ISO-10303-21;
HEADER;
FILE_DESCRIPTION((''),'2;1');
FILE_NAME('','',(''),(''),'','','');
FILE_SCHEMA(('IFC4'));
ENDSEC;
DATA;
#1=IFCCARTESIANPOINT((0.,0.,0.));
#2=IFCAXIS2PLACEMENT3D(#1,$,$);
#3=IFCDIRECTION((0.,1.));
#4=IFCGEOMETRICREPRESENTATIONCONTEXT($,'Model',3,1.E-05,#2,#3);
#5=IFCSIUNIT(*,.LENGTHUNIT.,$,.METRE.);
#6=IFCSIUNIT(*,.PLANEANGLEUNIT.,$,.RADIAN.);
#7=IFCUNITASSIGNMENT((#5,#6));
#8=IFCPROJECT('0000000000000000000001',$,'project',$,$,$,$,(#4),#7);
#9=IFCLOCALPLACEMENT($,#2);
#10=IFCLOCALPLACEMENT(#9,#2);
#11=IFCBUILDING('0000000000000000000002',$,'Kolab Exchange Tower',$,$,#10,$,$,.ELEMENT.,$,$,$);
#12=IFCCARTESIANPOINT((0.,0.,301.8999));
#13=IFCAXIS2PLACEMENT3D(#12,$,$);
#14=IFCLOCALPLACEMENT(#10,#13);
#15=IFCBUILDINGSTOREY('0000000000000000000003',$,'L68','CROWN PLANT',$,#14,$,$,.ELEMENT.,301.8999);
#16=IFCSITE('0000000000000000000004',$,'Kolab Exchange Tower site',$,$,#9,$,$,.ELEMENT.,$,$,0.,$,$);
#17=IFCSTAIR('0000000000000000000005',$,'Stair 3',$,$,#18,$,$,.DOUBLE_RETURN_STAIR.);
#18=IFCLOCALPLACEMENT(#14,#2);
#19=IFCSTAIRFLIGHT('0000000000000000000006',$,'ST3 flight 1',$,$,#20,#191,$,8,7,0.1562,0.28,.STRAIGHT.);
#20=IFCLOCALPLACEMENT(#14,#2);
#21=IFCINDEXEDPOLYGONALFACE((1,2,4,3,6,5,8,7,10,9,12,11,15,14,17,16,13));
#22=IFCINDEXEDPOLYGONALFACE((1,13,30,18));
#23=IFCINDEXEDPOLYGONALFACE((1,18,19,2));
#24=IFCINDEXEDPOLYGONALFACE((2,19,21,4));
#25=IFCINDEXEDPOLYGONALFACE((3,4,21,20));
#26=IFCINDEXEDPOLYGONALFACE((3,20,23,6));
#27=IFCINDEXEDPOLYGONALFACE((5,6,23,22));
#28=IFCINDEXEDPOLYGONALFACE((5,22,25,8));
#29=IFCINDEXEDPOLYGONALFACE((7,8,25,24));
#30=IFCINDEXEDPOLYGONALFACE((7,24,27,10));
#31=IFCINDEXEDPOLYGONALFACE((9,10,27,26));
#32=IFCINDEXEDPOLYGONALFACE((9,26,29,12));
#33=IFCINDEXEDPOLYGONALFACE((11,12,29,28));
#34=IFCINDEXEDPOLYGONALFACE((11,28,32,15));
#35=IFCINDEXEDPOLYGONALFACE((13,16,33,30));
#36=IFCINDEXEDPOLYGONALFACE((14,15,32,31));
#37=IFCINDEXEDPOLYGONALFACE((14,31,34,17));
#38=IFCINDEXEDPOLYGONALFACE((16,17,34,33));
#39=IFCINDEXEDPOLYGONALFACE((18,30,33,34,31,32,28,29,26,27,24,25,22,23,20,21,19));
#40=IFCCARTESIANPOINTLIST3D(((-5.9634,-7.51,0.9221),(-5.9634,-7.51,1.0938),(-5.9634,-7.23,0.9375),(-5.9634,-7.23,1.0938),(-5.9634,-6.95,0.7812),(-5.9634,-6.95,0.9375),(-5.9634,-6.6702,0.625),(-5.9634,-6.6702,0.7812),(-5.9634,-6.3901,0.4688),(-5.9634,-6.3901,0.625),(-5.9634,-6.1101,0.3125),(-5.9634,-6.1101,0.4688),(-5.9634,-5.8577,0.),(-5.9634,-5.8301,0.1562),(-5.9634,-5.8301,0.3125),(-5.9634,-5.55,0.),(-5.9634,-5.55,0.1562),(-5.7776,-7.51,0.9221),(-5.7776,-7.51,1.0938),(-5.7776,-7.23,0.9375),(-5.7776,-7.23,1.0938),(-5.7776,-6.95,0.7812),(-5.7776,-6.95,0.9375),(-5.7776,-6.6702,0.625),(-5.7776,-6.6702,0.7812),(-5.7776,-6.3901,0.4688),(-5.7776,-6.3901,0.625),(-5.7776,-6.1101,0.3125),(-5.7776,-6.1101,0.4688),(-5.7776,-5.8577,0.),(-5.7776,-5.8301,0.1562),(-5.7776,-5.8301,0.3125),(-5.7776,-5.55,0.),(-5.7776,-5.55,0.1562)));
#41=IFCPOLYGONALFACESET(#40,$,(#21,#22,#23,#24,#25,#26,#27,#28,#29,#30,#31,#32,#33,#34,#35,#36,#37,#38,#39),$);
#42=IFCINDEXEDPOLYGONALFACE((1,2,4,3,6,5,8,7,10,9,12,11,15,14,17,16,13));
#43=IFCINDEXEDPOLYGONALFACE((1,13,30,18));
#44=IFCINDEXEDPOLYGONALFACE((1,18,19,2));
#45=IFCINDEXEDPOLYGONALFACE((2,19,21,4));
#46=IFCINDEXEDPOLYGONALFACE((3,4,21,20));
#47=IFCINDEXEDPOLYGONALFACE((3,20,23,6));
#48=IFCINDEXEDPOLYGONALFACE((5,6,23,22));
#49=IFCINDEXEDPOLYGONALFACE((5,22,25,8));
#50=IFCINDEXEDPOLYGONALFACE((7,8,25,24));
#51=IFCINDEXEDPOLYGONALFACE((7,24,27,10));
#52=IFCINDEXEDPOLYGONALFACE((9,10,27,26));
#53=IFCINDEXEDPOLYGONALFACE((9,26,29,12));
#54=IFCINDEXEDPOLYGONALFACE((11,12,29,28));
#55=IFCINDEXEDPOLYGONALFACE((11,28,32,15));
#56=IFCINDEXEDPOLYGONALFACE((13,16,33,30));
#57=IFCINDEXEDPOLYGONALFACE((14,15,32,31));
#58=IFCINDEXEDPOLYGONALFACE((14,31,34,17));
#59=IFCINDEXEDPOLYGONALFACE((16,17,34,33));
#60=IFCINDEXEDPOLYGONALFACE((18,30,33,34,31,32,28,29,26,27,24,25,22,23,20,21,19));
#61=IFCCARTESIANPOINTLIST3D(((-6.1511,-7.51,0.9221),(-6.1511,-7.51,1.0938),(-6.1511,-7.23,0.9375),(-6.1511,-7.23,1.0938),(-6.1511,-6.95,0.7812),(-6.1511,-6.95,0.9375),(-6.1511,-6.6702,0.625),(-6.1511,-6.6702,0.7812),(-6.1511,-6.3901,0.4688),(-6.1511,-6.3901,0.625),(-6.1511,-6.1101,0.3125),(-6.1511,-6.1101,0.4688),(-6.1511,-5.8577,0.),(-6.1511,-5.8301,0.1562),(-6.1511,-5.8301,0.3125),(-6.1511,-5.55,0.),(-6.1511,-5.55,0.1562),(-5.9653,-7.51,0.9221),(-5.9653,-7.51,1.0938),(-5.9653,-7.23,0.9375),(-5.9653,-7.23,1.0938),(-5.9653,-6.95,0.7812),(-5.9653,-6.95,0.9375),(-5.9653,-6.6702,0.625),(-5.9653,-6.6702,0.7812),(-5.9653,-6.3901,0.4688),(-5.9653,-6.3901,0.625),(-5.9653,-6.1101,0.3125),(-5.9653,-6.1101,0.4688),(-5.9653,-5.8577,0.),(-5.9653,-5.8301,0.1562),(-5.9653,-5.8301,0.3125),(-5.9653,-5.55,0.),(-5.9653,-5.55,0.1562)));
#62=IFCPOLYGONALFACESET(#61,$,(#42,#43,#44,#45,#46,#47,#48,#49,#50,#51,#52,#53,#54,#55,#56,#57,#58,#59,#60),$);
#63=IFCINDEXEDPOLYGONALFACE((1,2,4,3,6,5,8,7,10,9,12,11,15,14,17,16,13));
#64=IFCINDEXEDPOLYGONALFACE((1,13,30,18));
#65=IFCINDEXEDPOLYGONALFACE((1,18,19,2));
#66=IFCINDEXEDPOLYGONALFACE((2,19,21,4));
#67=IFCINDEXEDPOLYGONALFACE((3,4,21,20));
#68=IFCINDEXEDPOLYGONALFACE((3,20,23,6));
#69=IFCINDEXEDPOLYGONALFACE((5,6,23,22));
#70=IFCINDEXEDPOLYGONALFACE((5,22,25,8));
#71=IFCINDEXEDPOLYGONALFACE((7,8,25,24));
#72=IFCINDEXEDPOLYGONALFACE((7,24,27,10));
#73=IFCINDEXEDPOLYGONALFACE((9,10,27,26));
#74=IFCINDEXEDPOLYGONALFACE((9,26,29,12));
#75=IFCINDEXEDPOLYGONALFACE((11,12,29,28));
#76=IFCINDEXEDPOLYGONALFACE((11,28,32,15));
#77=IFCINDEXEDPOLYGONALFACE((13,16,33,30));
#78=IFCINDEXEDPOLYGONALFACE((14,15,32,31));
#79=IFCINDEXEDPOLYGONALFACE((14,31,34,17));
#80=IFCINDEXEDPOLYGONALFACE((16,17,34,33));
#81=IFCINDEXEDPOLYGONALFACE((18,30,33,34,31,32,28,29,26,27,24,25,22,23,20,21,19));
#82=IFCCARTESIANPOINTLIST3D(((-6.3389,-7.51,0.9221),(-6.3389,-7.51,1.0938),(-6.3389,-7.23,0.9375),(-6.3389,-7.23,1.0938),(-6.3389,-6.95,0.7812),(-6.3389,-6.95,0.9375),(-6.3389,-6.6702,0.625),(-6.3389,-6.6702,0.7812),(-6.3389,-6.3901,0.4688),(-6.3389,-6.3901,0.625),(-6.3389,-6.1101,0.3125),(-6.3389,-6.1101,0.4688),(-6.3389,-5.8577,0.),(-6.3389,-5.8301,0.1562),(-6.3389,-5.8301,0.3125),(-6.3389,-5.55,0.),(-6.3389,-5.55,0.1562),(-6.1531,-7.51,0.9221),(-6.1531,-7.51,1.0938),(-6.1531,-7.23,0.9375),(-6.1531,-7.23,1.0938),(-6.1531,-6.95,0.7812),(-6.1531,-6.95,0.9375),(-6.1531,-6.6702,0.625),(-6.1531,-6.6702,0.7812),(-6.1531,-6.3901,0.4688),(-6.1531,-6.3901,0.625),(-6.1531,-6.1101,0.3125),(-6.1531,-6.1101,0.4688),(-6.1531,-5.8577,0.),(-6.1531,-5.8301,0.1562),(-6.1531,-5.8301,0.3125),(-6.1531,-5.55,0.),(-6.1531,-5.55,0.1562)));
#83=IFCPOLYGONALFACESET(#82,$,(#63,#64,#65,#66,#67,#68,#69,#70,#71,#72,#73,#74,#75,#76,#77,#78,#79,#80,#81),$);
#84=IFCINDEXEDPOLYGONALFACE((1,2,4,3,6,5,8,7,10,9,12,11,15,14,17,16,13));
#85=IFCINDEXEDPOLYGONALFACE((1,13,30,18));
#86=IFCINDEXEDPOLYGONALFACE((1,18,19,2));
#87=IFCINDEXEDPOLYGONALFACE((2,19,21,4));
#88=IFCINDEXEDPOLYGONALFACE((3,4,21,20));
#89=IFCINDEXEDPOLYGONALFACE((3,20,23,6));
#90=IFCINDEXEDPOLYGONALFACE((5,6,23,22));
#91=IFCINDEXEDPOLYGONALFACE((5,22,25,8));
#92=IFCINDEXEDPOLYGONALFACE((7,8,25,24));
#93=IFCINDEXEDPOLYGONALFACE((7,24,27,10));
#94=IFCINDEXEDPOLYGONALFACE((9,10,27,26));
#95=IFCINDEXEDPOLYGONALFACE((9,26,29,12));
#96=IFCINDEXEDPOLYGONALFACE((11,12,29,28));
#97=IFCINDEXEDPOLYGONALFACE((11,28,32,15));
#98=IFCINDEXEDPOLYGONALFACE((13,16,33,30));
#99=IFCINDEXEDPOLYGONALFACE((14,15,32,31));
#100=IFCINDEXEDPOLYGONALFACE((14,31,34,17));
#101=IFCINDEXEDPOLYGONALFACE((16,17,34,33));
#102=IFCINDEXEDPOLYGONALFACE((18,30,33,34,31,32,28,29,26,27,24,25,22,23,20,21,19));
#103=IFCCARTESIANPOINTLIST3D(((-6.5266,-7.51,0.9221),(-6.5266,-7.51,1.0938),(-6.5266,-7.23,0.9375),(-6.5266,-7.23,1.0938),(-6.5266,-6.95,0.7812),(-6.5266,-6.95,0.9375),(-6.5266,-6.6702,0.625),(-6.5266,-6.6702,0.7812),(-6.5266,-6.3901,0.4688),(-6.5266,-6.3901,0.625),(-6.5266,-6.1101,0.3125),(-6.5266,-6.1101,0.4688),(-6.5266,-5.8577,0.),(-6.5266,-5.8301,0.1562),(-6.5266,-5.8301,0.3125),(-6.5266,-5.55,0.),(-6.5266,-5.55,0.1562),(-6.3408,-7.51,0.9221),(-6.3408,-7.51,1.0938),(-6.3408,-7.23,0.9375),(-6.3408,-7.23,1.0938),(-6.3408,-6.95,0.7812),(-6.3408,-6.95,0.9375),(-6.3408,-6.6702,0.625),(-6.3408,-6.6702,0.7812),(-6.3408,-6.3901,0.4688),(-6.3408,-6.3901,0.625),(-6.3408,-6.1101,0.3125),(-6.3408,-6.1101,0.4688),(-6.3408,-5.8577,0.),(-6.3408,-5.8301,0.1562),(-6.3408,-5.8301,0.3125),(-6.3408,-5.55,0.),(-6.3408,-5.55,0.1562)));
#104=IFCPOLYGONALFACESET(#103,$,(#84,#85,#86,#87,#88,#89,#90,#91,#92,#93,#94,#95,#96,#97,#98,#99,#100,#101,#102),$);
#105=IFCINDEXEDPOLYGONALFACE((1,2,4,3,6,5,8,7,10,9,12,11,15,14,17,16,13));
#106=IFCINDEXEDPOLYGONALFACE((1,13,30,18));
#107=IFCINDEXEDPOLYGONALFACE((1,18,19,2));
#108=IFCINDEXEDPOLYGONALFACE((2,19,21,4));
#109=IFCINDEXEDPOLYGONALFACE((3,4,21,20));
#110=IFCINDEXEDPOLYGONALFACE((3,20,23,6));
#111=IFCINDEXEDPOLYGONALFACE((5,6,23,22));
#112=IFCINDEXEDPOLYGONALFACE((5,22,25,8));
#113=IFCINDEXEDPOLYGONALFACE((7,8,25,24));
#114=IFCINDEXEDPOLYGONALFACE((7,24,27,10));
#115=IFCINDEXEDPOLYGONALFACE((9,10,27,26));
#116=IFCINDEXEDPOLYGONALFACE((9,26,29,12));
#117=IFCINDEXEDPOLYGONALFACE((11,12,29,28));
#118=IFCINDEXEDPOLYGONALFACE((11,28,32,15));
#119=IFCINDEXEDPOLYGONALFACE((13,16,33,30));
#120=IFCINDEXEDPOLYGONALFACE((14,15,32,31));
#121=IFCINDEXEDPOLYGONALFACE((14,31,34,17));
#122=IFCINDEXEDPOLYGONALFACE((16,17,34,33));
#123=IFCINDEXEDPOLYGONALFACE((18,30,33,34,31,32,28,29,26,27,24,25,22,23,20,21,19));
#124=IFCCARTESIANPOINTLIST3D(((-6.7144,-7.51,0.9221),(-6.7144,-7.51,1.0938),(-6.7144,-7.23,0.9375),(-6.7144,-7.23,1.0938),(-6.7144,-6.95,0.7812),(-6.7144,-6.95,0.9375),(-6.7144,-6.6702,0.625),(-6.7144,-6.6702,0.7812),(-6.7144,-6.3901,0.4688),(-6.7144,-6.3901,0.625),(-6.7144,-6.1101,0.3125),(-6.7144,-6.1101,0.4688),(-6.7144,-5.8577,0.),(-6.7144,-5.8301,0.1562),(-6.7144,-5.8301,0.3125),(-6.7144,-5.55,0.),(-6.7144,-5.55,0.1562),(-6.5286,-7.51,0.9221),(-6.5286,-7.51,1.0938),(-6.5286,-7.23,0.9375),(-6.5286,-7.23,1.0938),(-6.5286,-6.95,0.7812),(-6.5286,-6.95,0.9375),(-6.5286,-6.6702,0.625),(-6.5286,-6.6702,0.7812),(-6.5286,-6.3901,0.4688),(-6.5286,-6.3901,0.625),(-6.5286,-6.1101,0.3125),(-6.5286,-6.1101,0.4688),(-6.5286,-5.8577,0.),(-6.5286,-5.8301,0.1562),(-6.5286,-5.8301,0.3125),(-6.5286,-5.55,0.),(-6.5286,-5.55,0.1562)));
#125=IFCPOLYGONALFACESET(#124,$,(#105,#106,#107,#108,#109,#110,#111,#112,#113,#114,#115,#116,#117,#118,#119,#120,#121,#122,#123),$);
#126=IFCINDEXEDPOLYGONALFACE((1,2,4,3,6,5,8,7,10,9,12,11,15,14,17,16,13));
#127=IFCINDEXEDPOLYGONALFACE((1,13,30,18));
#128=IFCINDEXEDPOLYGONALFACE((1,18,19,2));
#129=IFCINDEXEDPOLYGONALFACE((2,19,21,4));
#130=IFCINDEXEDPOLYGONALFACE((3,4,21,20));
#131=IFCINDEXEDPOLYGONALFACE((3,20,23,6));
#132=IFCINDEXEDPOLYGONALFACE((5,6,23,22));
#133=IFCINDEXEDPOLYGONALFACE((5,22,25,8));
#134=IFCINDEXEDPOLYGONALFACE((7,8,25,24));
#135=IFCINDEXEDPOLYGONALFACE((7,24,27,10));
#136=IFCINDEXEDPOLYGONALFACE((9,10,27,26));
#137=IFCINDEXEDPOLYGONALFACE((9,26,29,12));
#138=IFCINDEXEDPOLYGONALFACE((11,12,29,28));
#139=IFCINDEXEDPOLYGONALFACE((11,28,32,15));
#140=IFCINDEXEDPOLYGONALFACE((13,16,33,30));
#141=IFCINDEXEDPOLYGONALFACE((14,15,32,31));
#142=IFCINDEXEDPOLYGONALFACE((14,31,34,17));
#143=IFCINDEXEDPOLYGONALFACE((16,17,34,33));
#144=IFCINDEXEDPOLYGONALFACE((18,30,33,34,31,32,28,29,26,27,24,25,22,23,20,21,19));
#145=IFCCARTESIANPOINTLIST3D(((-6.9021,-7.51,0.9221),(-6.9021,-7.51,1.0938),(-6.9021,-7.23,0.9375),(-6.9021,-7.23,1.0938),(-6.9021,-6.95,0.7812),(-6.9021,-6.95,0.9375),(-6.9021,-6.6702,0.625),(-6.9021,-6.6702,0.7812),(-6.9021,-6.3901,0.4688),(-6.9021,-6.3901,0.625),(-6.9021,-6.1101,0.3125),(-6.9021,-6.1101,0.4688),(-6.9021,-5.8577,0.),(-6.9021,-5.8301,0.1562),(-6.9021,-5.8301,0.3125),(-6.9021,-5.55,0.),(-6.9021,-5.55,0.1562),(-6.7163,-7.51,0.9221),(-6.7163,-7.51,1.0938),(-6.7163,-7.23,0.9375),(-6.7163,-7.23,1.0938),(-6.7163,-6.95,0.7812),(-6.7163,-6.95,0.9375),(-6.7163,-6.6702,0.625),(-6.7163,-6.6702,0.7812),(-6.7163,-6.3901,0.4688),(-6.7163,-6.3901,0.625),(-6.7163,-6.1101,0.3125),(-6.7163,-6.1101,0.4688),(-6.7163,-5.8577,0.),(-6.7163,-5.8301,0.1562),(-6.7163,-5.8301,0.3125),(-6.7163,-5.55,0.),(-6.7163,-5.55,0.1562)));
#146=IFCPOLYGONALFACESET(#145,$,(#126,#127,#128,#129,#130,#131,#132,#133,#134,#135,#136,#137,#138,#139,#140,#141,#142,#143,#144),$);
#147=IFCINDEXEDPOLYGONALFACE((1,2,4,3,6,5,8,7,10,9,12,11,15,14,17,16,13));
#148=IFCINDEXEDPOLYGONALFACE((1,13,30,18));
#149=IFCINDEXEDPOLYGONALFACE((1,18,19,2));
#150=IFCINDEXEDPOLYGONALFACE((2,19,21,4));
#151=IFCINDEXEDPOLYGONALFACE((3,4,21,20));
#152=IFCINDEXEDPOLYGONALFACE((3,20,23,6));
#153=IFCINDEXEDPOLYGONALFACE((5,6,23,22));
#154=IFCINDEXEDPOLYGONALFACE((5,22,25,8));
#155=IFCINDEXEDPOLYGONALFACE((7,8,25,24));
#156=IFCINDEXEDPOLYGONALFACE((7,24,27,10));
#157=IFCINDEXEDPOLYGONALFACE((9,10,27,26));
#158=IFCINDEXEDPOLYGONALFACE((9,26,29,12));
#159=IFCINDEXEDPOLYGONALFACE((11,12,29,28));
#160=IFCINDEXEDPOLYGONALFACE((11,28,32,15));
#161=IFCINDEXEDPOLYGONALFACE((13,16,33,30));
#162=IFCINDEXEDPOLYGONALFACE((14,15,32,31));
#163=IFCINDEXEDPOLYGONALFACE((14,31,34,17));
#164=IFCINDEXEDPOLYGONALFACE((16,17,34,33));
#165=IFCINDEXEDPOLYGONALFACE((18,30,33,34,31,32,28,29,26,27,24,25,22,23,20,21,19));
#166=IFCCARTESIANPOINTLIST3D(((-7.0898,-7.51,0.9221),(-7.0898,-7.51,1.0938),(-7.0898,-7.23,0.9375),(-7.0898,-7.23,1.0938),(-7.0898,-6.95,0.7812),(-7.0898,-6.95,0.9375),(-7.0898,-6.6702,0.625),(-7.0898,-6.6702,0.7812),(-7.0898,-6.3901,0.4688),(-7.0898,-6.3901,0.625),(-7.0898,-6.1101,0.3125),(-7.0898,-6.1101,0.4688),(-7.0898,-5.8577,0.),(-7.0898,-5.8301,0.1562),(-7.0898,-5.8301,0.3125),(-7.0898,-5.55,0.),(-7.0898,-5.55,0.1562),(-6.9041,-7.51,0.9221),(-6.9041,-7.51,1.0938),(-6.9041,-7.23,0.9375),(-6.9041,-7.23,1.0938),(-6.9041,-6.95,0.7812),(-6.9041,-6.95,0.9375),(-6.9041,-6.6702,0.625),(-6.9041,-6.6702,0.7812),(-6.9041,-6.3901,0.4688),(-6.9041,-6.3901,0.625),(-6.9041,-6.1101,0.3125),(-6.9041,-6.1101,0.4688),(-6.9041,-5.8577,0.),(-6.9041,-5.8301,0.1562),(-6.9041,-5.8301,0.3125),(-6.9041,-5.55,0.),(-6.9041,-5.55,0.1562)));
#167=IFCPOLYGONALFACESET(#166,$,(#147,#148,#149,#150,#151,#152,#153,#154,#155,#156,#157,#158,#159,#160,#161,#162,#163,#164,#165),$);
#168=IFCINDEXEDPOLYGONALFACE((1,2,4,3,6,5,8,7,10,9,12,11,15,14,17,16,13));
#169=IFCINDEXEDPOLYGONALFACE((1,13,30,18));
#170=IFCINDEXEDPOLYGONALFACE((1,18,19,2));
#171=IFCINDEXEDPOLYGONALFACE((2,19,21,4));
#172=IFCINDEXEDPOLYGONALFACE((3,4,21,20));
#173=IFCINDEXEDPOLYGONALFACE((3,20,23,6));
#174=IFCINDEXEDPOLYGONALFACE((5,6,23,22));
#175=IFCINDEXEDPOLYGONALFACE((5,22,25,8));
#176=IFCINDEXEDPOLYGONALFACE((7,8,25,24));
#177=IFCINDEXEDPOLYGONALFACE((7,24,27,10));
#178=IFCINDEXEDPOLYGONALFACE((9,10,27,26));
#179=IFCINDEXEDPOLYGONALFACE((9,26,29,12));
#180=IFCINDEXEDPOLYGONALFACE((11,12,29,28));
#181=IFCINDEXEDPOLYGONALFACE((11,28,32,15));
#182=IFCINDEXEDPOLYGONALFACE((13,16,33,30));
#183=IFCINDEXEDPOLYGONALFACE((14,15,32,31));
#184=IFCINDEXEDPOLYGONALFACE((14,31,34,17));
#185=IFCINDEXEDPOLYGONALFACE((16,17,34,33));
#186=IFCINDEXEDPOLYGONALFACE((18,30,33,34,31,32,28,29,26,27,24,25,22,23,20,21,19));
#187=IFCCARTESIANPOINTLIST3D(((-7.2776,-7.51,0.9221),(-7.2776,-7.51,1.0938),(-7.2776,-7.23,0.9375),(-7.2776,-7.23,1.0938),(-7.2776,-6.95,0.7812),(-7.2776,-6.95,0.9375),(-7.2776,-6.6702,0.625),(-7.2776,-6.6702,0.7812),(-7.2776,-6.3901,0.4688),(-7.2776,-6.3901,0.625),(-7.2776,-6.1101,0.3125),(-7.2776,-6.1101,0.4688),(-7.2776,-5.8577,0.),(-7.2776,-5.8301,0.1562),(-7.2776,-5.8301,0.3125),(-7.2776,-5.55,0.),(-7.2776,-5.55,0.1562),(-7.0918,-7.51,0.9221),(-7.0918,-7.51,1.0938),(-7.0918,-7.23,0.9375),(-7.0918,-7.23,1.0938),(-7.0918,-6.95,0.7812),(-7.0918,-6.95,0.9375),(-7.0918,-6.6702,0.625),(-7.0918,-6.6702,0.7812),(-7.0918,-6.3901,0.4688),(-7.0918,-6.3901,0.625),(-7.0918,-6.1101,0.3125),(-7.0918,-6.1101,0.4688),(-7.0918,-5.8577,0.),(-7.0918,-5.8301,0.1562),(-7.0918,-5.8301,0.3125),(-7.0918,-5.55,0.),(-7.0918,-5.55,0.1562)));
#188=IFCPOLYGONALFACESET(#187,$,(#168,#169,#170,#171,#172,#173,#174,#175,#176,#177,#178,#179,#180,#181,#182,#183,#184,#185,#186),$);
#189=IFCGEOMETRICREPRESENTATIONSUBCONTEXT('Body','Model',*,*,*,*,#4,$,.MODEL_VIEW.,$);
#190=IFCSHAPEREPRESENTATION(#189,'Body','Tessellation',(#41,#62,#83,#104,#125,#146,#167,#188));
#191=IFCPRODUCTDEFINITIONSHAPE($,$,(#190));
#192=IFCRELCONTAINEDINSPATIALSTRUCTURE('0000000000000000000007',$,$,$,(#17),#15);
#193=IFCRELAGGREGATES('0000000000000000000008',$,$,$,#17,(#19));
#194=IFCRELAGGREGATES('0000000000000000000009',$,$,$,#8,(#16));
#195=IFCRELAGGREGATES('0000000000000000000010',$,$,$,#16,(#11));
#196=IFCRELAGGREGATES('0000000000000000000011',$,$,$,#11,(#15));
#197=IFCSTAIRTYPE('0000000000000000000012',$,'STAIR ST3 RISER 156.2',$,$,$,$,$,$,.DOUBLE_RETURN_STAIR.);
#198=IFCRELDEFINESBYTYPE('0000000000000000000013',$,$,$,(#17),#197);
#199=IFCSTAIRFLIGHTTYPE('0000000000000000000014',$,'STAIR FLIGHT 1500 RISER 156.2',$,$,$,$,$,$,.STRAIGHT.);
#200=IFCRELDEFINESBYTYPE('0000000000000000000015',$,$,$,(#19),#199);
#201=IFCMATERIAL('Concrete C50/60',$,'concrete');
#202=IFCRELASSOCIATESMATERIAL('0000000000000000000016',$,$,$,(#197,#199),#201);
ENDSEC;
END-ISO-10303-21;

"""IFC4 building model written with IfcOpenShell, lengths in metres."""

from ifc_helpers import new_model, si_unit, direction, frame, origin, place, context, subcontext, project, spatial, polyline, outline, extrude, material, type_object, element, aggregate, save


model = new_model("IFC4")

# Units and contexts
model_context = context("Model", 3, precision=1e-05, world=origin(), true_north=direction((0.0, 1.0)))
body_context = subcontext(model_context, "Body", "Model", "MODEL_VIEW")
ifc_project = project(units=[si_unit("LENGTHUNIT", "METRE"), si_unit("PLANEANGLEUNIT", "RADIAN")], contexts=[model_context])

# Site, building, storey
site_placement = place(None, origin())
site = spatial("IfcSite", under=ifc_project, at=site_placement, Name="Kolab Exchange Tower site", CompositionType="ELEMENT", RefElevation=0.0)
building_placement = place(site_placement, origin())
building = spatial("IfcBuilding", under=site, at=building_placement, Name="Kolab Exchange Tower", CompositionType="ELEMENT")
storey_placement = place(building_placement, frame((0.0, 0.0, 301.8999)))
storey = spatial("IfcBuildingStorey", under=building, at=storey_placement, Name="L68", Description="CROWN PLANT", CompositionType="ELEMENT", Elevation=301.8999)

# Shared definitions
ifc_material_1 = material(Name="Concrete C50/60", Category="concrete")

# Stair, stair flight
stair_type = type_object("IfcStairType", Name="STAIR ST3 RISER 156.2", PredefinedType="DOUBLE_RETURN_STAIR", material=ifc_material_1)
stair_placement = place(storey_placement, origin())
stair = element("IfcStair", 1, at=stair_placement, inside=storey, type_object=stair_type, Name="Stair 3", PredefinedType="DOUBLE_RETURN_STAIR")
stair_flight_type = type_object("IfcStairFlightType", Name="STAIR FLIGHT 1500 RISER 156.2", PredefinedType="STRAIGHT", material=ifc_material_1)
stair_flight_1_placement = place(storey_placement, frame((-6.5276, -5.55, 0.0), z_axis=(0.0, 0.0, 1.0), x_axis=(0.0, -1.0, 0.0)))
stair_flight_1 = element("IfcStairFlight", 2, at=stair_flight_1_placement, type_object=stair_flight_type, Name="ST3 flight 1", NumberOfRisers=8, NumberOfTreads=7, PredefinedType="STRAIGHT", RiserHeight=0.1562, TreadLength=0.28, context=body_context, shape_type="SweptSolid", body=[
    extrude(outline(polyline([(0.0, 0.0), (0.0, 0.1562), (0.28, 0.1562), (0.28, 0.3125), (0.5601, 0.3125), (0.5601, 0.4688), (0.8401, 0.4688), (0.8401, 0.625), (1.1201, 0.625), (1.1201, 0.7812), (1.3999, 0.7812), (1.3999, 0.9375), (1.6799, 0.9375), (1.6799, 1.0938), (1.96, 1.0938), (1.96, 1.25), (1.96, 0.9221), (0.3076, 0.0), (0.0, 0.0)])), frame((0.0, 0.75, 0.0), z_axis=(0.0, -1.0, 0.0), x_axis=(1.0, 0.0, 0.0)), (0.0, 0.0, 1.0), 0.1858),
    extrude(outline(polyline([(0.0, 0.0), (0.0, 0.1562), (0.28, 0.1562), (0.28, 0.3125), (0.5601, 0.3125), (0.5601, 0.4688), (0.8401, 0.4688), (0.8401, 0.625), (1.1201, 0.625), (1.1201, 0.7812), (1.3999, 0.7812), (1.3999, 0.9375), (1.6799, 0.9375), (1.6799, 1.0938), (1.96, 1.0938), (1.96, 1.25), (1.96, 0.9221), (0.3076, 0.0), (0.0, 0.0)])), frame((0.0, 0.5623, 0.0), z_axis=(0.0, -1.0, 0.0), x_axis=(1.0, 0.0, 0.0)), (0.0, 0.0, 1.0), 0.1858),
    extrude(outline(polyline([(0.0, 0.0), (0.0, 0.1562), (0.28, 0.1562), (0.28, 0.3125), (0.5601, 0.3125), (0.5601, 0.4688), (0.8401, 0.4688), (0.8401, 0.625), (1.1201, 0.625), (1.1201, 0.7812), (1.3999, 0.7812), (1.3999, 0.9375), (1.6799, 0.9375), (1.6799, 1.0938), (1.96, 1.0938), (1.96, 1.25), (1.96, 0.9221), (0.3076, 0.0), (0.0, 0.0)])), frame((0.0, 0.3745, 0.0), z_axis=(0.0, -1.0, 0.0), x_axis=(1.0, 0.0, 0.0)), (0.0, 0.0, 1.0), 0.1858),
    extrude(outline(polyline([(0.0, 0.0), (0.0, 0.1562), (0.28, 0.1562), (0.28, 0.3125), (0.5601, 0.3125), (0.5601, 0.4688), (0.8401, 0.4688), (0.8401, 0.625), (1.1201, 0.625), (1.1201, 0.7812), (1.3999, 0.7812), (1.3999, 0.9375), (1.6799, 0.9375), (1.6799, 1.0938), (1.96, 1.0938), (1.96, 1.25), (1.96, 0.9221), (0.3076, 0.0), (0.0, 0.0)])), frame((0.0, 0.1868, 0.0), z_axis=(0.0, -1.0, 0.0), x_axis=(1.0, 0.0, 0.0)), (0.0, 0.0, 1.0), 0.1858),
    extrude(outline(polyline([(0.0, 0.0), (0.0, 0.1562), (0.28, 0.1562), (0.28, 0.3125), (0.5601, 0.3125), (0.5601, 0.4688), (0.8401, 0.4688), (0.8401, 0.625), (1.1201, 0.625), (1.1201, 0.7812), (1.3999, 0.7812), (1.3999, 0.9375), (1.6799, 0.9375), (1.6799, 1.0938), (1.96, 1.0938), (1.96, 1.25), (1.96, 0.9221), (0.3076, 0.0), (0.0, 0.0)])), frame((0.0, -0.001, 0.0), z_axis=(0.0, -1.0, 0.0), x_axis=(1.0, 0.0, 0.0)), (0.0, 0.0, 1.0), 0.1858),
    extrude(outline(polyline([(0.0, 0.0), (0.0, 0.1562), (0.28, 0.1562), (0.28, 0.3125), (0.5601, 0.3125), (0.5601, 0.4688), (0.8401, 0.4688), (0.8401, 0.625), (1.1201, 0.625), (1.1201, 0.7812), (1.3999, 0.7812), (1.3999, 0.9375), (1.6799, 0.9375), (1.6799, 1.0938), (1.96, 1.0938), (1.96, 1.25), (1.96, 0.9221), (0.3076, 0.0), (0.0, 0.0)])), frame((0.0, -0.1887, 0.0), z_axis=(0.0, -1.0, 0.0), x_axis=(1.0, 0.0, 0.0)), (0.0, 0.0, 1.0), 0.1858),
    extrude(outline(polyline([(0.0, 0.0), (0.0, 0.1562), (0.28, 0.1562), (0.28, 0.3125), (0.5601, 0.3125), (0.5601, 0.4688), (0.8401, 0.4688), (0.8401, 0.625), (1.1201, 0.625), (1.1201, 0.7812), (1.3999, 0.7812), (1.3999, 0.9375), (1.6799, 0.9375), (1.6799, 1.0938), (1.96, 1.0938), (1.96, 1.25), (1.96, 0.9221), (0.3076, 0.0), (0.0, 0.0)])), frame((0.0, -0.3765, 0.0), z_axis=(0.0, -1.0, 0.0), x_axis=(1.0, 0.0, 0.0)), (0.0, 0.0, 1.0), 0.1858),
    extrude(outline(polyline([(0.0, 0.0), (0.0, 0.1562), (0.28, 0.1562), (0.28, 0.3125), (0.5601, 0.3125), (0.5601, 0.4688), (0.8401, 0.4688), (0.8401, 0.625), (1.1201, 0.625), (1.1201, 0.7812), (1.3999, 0.7812), (1.3999, 0.9375), (1.6799, 0.9375), (1.6799, 1.0938), (1.96, 1.0938), (1.96, 1.25), (1.96, 0.9221), (0.3076, 0.0), (0.0, 0.0)])), frame((0.0, -0.5642, 0.0), z_axis=(0.0, -1.0, 0.0), x_axis=(1.0, 0.0, 0.0)), (0.0, 0.0, 1.0), 0.1858),
])
aggregate(stair, [stair_flight_1])

save(model, "model.ifc")
